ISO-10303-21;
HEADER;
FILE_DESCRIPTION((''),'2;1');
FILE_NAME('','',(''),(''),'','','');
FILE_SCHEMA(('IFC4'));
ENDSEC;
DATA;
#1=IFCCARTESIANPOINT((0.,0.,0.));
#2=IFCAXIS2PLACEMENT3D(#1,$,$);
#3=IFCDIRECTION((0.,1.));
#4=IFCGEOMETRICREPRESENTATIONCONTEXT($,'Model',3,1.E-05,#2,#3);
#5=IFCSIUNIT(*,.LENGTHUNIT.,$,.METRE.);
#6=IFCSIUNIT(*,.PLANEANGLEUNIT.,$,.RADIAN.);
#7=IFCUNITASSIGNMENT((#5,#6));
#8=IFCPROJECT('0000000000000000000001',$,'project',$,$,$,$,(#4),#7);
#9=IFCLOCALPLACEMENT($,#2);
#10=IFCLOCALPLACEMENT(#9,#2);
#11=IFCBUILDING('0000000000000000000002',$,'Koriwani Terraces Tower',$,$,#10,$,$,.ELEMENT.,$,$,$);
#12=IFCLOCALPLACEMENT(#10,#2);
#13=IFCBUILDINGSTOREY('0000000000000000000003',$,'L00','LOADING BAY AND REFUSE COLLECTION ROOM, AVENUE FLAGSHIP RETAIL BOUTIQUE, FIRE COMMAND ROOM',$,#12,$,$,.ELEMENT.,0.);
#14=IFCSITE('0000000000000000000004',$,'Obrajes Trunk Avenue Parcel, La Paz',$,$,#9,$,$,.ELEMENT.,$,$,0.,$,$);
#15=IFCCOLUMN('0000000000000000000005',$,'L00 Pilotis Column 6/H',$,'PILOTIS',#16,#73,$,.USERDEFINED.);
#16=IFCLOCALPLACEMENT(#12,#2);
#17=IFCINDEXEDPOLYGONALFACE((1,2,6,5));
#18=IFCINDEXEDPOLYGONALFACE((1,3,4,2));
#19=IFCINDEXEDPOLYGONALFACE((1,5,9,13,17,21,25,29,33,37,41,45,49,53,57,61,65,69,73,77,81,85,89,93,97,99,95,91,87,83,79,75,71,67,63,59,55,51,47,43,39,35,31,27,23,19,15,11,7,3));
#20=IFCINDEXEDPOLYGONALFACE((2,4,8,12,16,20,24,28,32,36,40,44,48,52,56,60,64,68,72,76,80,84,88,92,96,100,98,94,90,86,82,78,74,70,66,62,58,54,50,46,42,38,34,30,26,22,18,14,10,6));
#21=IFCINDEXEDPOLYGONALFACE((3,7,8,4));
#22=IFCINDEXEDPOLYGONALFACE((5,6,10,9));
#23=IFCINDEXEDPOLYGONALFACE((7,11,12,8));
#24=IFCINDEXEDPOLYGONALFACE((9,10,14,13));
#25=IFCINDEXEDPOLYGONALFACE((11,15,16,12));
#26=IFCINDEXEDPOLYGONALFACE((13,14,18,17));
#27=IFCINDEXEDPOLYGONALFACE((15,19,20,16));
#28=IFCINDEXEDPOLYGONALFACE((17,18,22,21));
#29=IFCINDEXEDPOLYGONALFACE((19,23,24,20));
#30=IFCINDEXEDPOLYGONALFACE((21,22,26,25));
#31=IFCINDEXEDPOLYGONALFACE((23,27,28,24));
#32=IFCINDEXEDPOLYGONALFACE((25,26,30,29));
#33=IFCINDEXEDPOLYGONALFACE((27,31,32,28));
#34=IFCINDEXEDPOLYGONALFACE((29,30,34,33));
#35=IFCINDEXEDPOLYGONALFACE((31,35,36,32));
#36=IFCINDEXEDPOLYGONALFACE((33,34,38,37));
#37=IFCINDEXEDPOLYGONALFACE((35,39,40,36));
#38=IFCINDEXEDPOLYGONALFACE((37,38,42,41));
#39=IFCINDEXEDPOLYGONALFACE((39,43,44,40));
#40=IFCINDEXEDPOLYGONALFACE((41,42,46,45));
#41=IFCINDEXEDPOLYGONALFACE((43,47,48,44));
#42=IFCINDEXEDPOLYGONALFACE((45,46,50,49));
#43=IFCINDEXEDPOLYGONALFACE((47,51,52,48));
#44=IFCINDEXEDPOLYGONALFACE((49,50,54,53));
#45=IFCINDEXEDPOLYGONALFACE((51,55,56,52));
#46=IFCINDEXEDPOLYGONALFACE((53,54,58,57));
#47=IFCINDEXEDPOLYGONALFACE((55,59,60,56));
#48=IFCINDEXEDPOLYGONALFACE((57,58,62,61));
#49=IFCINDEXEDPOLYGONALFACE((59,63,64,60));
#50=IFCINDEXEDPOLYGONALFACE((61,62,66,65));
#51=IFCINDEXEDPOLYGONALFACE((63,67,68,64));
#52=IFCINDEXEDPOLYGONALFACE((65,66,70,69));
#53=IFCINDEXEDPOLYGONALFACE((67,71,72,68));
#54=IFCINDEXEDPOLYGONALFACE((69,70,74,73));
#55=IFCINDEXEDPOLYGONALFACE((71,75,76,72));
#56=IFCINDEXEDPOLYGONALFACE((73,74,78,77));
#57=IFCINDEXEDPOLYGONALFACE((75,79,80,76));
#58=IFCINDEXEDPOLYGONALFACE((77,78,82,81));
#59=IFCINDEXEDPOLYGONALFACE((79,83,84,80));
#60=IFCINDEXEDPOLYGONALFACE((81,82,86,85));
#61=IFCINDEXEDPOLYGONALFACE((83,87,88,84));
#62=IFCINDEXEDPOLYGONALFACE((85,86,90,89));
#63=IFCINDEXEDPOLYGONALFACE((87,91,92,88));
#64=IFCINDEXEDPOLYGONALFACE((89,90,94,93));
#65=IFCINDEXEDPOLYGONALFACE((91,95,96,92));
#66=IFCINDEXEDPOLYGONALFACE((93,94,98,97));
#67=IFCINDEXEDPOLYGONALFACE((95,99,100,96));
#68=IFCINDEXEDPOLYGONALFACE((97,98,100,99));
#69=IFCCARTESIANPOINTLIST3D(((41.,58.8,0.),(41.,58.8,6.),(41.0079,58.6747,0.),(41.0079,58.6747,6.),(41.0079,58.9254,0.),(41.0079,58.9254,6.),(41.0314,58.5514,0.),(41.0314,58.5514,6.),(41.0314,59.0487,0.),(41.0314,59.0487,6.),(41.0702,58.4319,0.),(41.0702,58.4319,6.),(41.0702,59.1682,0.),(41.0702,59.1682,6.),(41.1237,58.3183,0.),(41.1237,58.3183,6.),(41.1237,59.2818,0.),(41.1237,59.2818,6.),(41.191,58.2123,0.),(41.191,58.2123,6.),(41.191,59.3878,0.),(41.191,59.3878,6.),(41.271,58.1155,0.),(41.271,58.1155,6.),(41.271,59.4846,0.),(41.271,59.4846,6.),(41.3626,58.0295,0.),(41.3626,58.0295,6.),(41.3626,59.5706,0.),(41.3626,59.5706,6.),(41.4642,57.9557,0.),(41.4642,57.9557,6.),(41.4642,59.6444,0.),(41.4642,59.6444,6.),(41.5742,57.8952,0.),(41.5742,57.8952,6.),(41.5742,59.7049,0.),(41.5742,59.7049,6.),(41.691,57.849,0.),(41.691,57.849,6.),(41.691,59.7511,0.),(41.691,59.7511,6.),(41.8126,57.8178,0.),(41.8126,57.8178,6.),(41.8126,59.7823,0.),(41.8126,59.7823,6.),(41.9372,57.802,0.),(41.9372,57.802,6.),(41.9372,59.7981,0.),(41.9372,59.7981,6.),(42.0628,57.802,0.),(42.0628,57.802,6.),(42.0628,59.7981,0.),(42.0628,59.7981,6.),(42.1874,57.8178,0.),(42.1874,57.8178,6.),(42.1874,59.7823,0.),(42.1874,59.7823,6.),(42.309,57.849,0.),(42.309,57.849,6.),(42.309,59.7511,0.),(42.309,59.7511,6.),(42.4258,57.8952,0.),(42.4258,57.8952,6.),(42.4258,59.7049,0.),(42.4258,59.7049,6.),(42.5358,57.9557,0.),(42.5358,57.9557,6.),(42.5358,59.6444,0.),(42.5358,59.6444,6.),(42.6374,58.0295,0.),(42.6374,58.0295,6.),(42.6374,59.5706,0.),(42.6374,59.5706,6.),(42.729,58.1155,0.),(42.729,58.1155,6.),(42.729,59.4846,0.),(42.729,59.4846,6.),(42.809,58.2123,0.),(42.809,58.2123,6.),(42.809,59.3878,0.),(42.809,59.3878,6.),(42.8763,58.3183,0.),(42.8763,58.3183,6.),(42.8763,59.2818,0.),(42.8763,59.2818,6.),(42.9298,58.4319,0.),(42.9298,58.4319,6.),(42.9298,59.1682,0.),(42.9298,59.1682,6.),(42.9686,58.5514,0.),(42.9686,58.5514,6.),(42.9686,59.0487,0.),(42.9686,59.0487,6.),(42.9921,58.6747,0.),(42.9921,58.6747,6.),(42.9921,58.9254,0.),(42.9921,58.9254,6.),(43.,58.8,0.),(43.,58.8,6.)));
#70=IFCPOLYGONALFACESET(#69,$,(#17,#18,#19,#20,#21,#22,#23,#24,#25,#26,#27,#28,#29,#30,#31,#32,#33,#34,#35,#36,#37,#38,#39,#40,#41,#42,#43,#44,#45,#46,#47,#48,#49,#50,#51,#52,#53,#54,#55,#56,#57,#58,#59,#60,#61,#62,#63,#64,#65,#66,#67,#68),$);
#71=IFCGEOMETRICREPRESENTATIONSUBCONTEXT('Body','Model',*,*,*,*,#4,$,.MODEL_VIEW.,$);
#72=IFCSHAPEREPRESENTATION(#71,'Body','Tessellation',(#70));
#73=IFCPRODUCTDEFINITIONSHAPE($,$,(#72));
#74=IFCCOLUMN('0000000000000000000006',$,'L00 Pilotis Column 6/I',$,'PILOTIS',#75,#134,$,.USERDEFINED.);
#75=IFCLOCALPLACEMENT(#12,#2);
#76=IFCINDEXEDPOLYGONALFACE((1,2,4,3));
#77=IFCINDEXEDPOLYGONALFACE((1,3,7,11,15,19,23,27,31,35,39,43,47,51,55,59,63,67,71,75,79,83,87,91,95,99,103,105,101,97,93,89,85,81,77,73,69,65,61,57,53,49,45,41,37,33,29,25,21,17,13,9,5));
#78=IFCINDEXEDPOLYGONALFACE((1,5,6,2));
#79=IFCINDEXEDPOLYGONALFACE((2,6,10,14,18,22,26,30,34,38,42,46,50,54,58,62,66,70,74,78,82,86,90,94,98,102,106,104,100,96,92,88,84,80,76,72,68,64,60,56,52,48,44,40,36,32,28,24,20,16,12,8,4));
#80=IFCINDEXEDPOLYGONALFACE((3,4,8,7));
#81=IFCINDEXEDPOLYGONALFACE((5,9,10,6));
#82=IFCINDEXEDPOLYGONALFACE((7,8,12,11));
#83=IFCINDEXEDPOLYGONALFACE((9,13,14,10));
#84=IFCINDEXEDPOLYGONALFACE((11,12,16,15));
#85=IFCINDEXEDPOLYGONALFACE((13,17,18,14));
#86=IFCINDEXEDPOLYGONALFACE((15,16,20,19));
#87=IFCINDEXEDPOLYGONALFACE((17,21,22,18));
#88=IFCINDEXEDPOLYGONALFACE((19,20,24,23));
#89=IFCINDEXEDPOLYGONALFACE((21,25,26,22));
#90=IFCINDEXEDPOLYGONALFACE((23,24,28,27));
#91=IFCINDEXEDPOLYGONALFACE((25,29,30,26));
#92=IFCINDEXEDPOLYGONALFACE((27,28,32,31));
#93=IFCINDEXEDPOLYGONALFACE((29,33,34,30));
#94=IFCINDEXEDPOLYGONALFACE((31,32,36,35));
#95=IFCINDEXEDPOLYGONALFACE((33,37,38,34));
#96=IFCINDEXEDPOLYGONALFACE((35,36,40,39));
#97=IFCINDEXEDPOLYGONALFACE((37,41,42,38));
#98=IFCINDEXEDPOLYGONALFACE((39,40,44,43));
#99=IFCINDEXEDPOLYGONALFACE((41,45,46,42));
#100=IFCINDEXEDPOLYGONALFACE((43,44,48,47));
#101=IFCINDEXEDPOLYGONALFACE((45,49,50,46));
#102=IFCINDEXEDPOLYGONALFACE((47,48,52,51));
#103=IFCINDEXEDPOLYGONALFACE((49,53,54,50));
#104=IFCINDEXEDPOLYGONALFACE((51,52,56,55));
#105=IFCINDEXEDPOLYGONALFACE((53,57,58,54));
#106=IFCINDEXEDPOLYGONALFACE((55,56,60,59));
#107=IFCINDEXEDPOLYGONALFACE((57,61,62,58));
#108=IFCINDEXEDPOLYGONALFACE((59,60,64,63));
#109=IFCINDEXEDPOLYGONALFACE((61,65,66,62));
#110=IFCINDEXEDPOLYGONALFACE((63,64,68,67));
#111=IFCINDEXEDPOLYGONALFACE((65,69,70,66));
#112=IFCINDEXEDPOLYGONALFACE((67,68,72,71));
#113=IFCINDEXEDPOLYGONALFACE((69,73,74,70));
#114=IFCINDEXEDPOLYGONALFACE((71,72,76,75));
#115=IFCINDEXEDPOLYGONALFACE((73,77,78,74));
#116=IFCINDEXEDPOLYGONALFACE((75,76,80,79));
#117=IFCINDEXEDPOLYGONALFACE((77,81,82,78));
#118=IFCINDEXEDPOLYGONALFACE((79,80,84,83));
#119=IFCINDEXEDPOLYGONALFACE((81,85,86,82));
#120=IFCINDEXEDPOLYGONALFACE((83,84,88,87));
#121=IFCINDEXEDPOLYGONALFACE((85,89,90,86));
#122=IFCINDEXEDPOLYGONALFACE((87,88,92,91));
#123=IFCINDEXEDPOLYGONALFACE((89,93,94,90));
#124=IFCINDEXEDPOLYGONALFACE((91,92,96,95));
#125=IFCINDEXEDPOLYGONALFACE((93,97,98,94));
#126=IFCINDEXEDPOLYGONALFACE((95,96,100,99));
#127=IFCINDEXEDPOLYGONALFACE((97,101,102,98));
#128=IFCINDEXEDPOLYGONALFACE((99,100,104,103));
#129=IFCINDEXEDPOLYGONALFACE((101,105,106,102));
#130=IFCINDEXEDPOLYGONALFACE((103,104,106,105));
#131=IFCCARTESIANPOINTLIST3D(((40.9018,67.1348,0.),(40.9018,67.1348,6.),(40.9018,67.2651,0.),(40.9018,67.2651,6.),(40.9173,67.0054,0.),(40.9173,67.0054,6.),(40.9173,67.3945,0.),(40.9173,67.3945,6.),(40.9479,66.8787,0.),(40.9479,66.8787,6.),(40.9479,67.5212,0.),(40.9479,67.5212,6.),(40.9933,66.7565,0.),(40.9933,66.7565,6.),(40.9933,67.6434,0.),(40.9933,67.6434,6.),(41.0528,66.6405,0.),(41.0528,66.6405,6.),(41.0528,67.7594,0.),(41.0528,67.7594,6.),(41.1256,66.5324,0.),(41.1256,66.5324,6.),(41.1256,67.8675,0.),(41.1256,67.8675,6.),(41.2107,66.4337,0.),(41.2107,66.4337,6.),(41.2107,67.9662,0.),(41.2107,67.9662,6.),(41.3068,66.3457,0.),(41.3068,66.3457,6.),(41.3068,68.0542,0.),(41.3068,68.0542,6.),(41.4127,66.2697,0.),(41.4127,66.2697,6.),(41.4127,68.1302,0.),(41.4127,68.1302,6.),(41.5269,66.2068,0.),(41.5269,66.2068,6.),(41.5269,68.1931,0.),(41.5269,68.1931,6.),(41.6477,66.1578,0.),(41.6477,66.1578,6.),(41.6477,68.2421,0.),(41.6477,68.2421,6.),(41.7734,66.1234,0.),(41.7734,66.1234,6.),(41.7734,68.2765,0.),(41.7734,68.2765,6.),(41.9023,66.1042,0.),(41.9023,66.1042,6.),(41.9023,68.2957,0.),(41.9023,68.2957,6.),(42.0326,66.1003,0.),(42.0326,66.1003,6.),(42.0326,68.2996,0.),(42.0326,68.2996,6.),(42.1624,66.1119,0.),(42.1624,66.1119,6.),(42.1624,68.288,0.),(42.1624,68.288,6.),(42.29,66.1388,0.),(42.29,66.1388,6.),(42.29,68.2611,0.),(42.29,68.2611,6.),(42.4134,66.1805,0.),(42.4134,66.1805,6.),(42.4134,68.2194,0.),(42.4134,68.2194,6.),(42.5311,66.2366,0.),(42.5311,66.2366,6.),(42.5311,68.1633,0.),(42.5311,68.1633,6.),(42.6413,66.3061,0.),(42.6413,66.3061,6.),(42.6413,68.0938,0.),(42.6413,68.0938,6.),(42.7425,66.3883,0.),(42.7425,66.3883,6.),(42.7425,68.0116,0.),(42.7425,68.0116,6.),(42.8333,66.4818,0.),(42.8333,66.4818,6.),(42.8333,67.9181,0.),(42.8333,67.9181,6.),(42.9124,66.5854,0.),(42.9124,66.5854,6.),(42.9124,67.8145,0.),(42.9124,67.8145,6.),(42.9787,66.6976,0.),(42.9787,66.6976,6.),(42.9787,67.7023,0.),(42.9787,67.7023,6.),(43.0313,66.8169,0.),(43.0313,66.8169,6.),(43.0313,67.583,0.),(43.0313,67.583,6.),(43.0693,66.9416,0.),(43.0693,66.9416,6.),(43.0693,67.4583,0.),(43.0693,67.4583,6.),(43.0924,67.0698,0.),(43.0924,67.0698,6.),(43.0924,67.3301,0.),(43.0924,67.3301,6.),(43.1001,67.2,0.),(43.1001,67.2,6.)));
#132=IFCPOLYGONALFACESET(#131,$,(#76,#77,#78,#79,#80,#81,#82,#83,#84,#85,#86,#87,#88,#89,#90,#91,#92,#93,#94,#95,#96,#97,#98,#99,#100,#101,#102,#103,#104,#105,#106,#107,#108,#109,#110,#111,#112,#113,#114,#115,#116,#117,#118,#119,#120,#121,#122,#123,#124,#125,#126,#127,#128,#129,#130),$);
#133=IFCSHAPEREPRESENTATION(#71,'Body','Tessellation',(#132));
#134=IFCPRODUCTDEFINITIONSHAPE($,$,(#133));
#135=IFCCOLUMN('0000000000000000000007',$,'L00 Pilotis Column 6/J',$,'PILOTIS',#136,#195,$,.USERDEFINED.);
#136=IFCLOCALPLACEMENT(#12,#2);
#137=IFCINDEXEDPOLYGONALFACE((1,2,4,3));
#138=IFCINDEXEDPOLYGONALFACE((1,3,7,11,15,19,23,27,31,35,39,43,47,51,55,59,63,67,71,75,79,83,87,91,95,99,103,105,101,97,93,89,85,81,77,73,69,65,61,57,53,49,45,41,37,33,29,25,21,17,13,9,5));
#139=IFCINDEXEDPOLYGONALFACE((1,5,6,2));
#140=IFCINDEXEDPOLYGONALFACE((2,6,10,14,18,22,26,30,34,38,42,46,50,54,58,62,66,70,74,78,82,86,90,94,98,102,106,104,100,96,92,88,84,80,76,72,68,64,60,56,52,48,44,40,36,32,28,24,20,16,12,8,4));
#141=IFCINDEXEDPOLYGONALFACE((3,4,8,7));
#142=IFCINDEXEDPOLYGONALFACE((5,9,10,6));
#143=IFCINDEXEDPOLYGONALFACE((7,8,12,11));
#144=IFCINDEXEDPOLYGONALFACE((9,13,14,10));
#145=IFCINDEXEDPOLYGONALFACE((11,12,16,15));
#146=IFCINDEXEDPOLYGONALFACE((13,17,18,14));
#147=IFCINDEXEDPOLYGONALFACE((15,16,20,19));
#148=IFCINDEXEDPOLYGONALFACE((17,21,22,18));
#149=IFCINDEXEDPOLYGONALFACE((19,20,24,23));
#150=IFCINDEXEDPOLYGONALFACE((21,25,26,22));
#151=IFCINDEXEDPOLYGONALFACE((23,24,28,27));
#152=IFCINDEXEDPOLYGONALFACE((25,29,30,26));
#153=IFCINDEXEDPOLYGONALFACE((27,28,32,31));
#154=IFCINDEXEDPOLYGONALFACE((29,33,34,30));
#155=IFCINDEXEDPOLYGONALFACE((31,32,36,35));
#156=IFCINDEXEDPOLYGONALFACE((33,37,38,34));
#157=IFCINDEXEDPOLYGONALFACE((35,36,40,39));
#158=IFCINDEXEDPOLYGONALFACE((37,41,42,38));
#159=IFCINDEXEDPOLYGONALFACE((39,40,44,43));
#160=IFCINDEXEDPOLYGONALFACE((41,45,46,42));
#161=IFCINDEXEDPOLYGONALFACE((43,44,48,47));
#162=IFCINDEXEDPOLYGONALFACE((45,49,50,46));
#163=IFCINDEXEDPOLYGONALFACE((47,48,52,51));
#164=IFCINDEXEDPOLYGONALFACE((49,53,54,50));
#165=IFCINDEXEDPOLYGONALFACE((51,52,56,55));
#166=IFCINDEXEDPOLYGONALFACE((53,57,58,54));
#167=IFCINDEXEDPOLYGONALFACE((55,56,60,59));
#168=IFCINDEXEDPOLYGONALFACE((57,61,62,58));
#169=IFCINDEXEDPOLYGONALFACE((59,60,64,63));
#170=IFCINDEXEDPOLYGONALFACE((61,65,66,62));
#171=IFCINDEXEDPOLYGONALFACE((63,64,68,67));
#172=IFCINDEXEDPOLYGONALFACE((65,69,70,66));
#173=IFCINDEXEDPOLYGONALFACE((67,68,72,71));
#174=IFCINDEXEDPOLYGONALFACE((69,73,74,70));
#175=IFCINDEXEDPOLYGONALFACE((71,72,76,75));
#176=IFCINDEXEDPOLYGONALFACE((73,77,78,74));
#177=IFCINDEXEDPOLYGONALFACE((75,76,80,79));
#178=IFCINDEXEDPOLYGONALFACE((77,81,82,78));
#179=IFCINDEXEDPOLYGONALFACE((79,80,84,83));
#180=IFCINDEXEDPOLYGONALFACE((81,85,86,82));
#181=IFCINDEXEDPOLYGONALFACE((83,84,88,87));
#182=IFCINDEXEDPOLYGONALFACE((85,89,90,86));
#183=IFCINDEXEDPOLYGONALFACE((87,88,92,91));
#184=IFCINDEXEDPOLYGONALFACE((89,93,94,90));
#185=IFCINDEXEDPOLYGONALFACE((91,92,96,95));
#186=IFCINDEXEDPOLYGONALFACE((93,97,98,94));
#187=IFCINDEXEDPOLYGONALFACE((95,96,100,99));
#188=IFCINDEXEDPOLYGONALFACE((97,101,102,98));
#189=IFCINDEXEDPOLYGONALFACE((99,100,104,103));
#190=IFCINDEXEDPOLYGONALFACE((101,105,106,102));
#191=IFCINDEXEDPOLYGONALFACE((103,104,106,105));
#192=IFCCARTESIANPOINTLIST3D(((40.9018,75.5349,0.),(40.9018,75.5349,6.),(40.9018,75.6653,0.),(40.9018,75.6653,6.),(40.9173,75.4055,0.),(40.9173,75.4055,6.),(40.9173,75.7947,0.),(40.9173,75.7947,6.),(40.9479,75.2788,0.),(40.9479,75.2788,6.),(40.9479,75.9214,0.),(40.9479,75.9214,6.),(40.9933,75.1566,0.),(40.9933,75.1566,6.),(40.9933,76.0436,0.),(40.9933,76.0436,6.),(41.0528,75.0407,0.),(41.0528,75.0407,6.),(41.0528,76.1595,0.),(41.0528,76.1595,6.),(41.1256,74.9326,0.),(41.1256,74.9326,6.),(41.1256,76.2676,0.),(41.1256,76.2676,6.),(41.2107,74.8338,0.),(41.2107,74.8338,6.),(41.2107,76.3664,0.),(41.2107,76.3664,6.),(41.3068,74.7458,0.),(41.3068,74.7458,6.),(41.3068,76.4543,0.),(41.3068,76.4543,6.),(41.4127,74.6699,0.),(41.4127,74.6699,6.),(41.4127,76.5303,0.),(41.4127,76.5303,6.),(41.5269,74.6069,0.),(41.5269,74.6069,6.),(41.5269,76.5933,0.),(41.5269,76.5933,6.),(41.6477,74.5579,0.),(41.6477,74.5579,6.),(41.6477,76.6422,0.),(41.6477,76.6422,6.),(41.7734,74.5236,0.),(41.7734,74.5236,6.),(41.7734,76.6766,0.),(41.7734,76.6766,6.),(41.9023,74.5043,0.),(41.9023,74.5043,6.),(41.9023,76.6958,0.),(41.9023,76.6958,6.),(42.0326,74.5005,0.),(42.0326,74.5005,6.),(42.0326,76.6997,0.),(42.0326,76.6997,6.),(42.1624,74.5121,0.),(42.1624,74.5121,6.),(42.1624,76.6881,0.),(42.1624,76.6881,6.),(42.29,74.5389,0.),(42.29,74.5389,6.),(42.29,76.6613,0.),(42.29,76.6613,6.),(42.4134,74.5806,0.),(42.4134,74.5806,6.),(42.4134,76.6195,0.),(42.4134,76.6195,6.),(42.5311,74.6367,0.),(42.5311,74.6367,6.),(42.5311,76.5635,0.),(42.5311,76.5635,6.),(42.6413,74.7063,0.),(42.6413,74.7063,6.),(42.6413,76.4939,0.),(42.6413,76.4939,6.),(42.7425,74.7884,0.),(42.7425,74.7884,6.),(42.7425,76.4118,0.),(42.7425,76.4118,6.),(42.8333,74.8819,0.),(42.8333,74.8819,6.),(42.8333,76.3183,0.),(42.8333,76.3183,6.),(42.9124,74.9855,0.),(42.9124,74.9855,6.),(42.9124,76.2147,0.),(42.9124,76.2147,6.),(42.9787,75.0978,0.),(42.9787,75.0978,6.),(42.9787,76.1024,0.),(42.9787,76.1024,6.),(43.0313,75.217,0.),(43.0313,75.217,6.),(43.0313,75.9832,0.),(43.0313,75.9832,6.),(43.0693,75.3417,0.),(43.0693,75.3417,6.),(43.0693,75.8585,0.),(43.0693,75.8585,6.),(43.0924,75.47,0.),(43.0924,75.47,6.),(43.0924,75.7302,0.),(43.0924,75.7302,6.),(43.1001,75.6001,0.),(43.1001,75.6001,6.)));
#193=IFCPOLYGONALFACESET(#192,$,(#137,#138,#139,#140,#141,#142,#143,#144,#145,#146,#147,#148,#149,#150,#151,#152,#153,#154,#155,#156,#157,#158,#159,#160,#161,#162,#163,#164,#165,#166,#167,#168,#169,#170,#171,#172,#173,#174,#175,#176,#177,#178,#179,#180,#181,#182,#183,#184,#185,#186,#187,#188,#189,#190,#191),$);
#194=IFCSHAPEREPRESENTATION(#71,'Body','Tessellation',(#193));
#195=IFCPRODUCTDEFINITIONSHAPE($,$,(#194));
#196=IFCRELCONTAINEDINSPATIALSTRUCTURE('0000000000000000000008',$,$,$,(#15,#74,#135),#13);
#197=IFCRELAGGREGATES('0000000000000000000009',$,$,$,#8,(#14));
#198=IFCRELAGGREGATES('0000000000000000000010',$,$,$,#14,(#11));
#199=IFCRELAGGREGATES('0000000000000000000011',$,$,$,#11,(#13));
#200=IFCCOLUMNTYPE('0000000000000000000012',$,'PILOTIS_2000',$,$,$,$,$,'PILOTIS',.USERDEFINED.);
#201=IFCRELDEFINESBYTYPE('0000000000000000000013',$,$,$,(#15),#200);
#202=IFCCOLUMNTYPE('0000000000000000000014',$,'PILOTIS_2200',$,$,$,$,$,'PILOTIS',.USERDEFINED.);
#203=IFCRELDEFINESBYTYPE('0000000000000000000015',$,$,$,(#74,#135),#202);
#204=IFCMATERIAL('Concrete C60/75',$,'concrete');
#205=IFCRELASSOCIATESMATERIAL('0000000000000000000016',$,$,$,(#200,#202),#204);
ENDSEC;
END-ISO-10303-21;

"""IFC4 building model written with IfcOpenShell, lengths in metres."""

from ifc_helpers import new_model, si_unit, direction, frame, origin, origin_2d, place, context, subcontext, project, spatial, circle, extrude, material, material_profile, profile_set, type_object, element, save


model = new_model("IFC4")

# Units and contexts
model_context = context("Model", 3, precision=1e-05, world=origin(), true_north=direction((0.0, 1.0)))
body_context = subcontext(model_context, "Body", "Model", "MODEL_VIEW")
ifc_project = project(units=[si_unit("LENGTHUNIT", "METRE"), si_unit("PLANEANGLEUNIT", "RADIAN")], contexts=[model_context])

# Site, building, storey
site_placement = place(None, origin())
site = spatial("IfcSite", under=ifc_project, at=site_placement, Name="Obrajes Trunk Avenue Parcel, La Paz", CompositionType="ELEMENT", RefElevation=0.0)
building_placement = place(site_placement, origin())
building = spatial("IfcBuilding", under=site, at=building_placement, Name="Koriwani Terraces Tower", CompositionType="ELEMENT")
storey_placement = place(building_placement, origin())
storey = spatial("IfcBuildingStorey", under=building, at=storey_placement, Name="L00", Description="LOADING BAY AND REFUSE COLLECTION ROOM, AVENUE FLAGSHIP RETAIL BOUTIQUE, FIRE COMMAND ROOM", CompositionType="ELEMENT", Elevation=0.0)

# Columns
ifc_material_1 = material(Name="Concrete C60/75", Category="concrete")
ifc_material_profile_1 = material_profile(ifc_material_1, circle(Radius=1.0, at=origin_2d()), Name="Concrete C60/75", Category="LoadBearing")
ifc_profile_set_1 = profile_set([ifc_material_profile_1], Name="Concrete C60/75")
column_type_1 = type_object("IfcColumnType", Name="PILOTIS_2000", ElementType="PILOTIS", PredefinedType="USERDEFINED", material=ifc_profile_set_1)
column_placement = place(storey_placement, frame((42.0, 58.8, 0.0), z_axis=(0.0, 0.0, 1.0), x_axis=(1.0, 0.0, 0.0)))
element("IfcColumn", 1, at=column_placement, inside=storey, type_object=column_type_1, Name="L00 Pilotis Column 6/H", ObjectType="PILOTIS", PredefinedType="USERDEFINED", context=body_context, shape_type="SweptSolid", body=[
    extrude(circle(Radius=1.0, at=origin_2d()), origin(), (0.0, 0.0, 1.0), 6.0),
])
ifc_material_profile_2 = material_profile(ifc_material_1, circle(Radius=1.1001, at=origin_2d()), Name="Concrete C60/75", Category="LoadBearing")
ifc_profile_set_2 = profile_set([ifc_material_profile_2], Name="Concrete C60/75")
column_type_2 = type_object("IfcColumnType", Name="PILOTIS_2200", ElementType="PILOTIS", PredefinedType="USERDEFINED", material=ifc_profile_set_2)
for number, where, z_axis, x_axis, name in (
    (2, (42.0, 67.2, 0.0), (0.0, 0.0, 1.0), (1.0, 0.0, 0.0), "L00 Pilotis Column 6/I"),
    (3, (42.0, 75.6001, 0.0), (0.0, 0.0, 1.0), (1.0, 0.0, 0.0), "L00 Pilotis Column 6/J"),
):
    element("IfcColumn", number, at=place(storey_placement, frame(where, z_axis=z_axis, x_axis=x_axis)), inside=storey, type_object=column_type_2, Name=name, ObjectType="PILOTIS", PredefinedType="USERDEFINED", context=body_context, shape_type="SweptSolid", body=[
        extrude(circle(Radius=1.1001, at=origin_2d()), origin(), (0.0, 0.0, 1.0), 6.0),
    ])

save(model, "model.ifc")
